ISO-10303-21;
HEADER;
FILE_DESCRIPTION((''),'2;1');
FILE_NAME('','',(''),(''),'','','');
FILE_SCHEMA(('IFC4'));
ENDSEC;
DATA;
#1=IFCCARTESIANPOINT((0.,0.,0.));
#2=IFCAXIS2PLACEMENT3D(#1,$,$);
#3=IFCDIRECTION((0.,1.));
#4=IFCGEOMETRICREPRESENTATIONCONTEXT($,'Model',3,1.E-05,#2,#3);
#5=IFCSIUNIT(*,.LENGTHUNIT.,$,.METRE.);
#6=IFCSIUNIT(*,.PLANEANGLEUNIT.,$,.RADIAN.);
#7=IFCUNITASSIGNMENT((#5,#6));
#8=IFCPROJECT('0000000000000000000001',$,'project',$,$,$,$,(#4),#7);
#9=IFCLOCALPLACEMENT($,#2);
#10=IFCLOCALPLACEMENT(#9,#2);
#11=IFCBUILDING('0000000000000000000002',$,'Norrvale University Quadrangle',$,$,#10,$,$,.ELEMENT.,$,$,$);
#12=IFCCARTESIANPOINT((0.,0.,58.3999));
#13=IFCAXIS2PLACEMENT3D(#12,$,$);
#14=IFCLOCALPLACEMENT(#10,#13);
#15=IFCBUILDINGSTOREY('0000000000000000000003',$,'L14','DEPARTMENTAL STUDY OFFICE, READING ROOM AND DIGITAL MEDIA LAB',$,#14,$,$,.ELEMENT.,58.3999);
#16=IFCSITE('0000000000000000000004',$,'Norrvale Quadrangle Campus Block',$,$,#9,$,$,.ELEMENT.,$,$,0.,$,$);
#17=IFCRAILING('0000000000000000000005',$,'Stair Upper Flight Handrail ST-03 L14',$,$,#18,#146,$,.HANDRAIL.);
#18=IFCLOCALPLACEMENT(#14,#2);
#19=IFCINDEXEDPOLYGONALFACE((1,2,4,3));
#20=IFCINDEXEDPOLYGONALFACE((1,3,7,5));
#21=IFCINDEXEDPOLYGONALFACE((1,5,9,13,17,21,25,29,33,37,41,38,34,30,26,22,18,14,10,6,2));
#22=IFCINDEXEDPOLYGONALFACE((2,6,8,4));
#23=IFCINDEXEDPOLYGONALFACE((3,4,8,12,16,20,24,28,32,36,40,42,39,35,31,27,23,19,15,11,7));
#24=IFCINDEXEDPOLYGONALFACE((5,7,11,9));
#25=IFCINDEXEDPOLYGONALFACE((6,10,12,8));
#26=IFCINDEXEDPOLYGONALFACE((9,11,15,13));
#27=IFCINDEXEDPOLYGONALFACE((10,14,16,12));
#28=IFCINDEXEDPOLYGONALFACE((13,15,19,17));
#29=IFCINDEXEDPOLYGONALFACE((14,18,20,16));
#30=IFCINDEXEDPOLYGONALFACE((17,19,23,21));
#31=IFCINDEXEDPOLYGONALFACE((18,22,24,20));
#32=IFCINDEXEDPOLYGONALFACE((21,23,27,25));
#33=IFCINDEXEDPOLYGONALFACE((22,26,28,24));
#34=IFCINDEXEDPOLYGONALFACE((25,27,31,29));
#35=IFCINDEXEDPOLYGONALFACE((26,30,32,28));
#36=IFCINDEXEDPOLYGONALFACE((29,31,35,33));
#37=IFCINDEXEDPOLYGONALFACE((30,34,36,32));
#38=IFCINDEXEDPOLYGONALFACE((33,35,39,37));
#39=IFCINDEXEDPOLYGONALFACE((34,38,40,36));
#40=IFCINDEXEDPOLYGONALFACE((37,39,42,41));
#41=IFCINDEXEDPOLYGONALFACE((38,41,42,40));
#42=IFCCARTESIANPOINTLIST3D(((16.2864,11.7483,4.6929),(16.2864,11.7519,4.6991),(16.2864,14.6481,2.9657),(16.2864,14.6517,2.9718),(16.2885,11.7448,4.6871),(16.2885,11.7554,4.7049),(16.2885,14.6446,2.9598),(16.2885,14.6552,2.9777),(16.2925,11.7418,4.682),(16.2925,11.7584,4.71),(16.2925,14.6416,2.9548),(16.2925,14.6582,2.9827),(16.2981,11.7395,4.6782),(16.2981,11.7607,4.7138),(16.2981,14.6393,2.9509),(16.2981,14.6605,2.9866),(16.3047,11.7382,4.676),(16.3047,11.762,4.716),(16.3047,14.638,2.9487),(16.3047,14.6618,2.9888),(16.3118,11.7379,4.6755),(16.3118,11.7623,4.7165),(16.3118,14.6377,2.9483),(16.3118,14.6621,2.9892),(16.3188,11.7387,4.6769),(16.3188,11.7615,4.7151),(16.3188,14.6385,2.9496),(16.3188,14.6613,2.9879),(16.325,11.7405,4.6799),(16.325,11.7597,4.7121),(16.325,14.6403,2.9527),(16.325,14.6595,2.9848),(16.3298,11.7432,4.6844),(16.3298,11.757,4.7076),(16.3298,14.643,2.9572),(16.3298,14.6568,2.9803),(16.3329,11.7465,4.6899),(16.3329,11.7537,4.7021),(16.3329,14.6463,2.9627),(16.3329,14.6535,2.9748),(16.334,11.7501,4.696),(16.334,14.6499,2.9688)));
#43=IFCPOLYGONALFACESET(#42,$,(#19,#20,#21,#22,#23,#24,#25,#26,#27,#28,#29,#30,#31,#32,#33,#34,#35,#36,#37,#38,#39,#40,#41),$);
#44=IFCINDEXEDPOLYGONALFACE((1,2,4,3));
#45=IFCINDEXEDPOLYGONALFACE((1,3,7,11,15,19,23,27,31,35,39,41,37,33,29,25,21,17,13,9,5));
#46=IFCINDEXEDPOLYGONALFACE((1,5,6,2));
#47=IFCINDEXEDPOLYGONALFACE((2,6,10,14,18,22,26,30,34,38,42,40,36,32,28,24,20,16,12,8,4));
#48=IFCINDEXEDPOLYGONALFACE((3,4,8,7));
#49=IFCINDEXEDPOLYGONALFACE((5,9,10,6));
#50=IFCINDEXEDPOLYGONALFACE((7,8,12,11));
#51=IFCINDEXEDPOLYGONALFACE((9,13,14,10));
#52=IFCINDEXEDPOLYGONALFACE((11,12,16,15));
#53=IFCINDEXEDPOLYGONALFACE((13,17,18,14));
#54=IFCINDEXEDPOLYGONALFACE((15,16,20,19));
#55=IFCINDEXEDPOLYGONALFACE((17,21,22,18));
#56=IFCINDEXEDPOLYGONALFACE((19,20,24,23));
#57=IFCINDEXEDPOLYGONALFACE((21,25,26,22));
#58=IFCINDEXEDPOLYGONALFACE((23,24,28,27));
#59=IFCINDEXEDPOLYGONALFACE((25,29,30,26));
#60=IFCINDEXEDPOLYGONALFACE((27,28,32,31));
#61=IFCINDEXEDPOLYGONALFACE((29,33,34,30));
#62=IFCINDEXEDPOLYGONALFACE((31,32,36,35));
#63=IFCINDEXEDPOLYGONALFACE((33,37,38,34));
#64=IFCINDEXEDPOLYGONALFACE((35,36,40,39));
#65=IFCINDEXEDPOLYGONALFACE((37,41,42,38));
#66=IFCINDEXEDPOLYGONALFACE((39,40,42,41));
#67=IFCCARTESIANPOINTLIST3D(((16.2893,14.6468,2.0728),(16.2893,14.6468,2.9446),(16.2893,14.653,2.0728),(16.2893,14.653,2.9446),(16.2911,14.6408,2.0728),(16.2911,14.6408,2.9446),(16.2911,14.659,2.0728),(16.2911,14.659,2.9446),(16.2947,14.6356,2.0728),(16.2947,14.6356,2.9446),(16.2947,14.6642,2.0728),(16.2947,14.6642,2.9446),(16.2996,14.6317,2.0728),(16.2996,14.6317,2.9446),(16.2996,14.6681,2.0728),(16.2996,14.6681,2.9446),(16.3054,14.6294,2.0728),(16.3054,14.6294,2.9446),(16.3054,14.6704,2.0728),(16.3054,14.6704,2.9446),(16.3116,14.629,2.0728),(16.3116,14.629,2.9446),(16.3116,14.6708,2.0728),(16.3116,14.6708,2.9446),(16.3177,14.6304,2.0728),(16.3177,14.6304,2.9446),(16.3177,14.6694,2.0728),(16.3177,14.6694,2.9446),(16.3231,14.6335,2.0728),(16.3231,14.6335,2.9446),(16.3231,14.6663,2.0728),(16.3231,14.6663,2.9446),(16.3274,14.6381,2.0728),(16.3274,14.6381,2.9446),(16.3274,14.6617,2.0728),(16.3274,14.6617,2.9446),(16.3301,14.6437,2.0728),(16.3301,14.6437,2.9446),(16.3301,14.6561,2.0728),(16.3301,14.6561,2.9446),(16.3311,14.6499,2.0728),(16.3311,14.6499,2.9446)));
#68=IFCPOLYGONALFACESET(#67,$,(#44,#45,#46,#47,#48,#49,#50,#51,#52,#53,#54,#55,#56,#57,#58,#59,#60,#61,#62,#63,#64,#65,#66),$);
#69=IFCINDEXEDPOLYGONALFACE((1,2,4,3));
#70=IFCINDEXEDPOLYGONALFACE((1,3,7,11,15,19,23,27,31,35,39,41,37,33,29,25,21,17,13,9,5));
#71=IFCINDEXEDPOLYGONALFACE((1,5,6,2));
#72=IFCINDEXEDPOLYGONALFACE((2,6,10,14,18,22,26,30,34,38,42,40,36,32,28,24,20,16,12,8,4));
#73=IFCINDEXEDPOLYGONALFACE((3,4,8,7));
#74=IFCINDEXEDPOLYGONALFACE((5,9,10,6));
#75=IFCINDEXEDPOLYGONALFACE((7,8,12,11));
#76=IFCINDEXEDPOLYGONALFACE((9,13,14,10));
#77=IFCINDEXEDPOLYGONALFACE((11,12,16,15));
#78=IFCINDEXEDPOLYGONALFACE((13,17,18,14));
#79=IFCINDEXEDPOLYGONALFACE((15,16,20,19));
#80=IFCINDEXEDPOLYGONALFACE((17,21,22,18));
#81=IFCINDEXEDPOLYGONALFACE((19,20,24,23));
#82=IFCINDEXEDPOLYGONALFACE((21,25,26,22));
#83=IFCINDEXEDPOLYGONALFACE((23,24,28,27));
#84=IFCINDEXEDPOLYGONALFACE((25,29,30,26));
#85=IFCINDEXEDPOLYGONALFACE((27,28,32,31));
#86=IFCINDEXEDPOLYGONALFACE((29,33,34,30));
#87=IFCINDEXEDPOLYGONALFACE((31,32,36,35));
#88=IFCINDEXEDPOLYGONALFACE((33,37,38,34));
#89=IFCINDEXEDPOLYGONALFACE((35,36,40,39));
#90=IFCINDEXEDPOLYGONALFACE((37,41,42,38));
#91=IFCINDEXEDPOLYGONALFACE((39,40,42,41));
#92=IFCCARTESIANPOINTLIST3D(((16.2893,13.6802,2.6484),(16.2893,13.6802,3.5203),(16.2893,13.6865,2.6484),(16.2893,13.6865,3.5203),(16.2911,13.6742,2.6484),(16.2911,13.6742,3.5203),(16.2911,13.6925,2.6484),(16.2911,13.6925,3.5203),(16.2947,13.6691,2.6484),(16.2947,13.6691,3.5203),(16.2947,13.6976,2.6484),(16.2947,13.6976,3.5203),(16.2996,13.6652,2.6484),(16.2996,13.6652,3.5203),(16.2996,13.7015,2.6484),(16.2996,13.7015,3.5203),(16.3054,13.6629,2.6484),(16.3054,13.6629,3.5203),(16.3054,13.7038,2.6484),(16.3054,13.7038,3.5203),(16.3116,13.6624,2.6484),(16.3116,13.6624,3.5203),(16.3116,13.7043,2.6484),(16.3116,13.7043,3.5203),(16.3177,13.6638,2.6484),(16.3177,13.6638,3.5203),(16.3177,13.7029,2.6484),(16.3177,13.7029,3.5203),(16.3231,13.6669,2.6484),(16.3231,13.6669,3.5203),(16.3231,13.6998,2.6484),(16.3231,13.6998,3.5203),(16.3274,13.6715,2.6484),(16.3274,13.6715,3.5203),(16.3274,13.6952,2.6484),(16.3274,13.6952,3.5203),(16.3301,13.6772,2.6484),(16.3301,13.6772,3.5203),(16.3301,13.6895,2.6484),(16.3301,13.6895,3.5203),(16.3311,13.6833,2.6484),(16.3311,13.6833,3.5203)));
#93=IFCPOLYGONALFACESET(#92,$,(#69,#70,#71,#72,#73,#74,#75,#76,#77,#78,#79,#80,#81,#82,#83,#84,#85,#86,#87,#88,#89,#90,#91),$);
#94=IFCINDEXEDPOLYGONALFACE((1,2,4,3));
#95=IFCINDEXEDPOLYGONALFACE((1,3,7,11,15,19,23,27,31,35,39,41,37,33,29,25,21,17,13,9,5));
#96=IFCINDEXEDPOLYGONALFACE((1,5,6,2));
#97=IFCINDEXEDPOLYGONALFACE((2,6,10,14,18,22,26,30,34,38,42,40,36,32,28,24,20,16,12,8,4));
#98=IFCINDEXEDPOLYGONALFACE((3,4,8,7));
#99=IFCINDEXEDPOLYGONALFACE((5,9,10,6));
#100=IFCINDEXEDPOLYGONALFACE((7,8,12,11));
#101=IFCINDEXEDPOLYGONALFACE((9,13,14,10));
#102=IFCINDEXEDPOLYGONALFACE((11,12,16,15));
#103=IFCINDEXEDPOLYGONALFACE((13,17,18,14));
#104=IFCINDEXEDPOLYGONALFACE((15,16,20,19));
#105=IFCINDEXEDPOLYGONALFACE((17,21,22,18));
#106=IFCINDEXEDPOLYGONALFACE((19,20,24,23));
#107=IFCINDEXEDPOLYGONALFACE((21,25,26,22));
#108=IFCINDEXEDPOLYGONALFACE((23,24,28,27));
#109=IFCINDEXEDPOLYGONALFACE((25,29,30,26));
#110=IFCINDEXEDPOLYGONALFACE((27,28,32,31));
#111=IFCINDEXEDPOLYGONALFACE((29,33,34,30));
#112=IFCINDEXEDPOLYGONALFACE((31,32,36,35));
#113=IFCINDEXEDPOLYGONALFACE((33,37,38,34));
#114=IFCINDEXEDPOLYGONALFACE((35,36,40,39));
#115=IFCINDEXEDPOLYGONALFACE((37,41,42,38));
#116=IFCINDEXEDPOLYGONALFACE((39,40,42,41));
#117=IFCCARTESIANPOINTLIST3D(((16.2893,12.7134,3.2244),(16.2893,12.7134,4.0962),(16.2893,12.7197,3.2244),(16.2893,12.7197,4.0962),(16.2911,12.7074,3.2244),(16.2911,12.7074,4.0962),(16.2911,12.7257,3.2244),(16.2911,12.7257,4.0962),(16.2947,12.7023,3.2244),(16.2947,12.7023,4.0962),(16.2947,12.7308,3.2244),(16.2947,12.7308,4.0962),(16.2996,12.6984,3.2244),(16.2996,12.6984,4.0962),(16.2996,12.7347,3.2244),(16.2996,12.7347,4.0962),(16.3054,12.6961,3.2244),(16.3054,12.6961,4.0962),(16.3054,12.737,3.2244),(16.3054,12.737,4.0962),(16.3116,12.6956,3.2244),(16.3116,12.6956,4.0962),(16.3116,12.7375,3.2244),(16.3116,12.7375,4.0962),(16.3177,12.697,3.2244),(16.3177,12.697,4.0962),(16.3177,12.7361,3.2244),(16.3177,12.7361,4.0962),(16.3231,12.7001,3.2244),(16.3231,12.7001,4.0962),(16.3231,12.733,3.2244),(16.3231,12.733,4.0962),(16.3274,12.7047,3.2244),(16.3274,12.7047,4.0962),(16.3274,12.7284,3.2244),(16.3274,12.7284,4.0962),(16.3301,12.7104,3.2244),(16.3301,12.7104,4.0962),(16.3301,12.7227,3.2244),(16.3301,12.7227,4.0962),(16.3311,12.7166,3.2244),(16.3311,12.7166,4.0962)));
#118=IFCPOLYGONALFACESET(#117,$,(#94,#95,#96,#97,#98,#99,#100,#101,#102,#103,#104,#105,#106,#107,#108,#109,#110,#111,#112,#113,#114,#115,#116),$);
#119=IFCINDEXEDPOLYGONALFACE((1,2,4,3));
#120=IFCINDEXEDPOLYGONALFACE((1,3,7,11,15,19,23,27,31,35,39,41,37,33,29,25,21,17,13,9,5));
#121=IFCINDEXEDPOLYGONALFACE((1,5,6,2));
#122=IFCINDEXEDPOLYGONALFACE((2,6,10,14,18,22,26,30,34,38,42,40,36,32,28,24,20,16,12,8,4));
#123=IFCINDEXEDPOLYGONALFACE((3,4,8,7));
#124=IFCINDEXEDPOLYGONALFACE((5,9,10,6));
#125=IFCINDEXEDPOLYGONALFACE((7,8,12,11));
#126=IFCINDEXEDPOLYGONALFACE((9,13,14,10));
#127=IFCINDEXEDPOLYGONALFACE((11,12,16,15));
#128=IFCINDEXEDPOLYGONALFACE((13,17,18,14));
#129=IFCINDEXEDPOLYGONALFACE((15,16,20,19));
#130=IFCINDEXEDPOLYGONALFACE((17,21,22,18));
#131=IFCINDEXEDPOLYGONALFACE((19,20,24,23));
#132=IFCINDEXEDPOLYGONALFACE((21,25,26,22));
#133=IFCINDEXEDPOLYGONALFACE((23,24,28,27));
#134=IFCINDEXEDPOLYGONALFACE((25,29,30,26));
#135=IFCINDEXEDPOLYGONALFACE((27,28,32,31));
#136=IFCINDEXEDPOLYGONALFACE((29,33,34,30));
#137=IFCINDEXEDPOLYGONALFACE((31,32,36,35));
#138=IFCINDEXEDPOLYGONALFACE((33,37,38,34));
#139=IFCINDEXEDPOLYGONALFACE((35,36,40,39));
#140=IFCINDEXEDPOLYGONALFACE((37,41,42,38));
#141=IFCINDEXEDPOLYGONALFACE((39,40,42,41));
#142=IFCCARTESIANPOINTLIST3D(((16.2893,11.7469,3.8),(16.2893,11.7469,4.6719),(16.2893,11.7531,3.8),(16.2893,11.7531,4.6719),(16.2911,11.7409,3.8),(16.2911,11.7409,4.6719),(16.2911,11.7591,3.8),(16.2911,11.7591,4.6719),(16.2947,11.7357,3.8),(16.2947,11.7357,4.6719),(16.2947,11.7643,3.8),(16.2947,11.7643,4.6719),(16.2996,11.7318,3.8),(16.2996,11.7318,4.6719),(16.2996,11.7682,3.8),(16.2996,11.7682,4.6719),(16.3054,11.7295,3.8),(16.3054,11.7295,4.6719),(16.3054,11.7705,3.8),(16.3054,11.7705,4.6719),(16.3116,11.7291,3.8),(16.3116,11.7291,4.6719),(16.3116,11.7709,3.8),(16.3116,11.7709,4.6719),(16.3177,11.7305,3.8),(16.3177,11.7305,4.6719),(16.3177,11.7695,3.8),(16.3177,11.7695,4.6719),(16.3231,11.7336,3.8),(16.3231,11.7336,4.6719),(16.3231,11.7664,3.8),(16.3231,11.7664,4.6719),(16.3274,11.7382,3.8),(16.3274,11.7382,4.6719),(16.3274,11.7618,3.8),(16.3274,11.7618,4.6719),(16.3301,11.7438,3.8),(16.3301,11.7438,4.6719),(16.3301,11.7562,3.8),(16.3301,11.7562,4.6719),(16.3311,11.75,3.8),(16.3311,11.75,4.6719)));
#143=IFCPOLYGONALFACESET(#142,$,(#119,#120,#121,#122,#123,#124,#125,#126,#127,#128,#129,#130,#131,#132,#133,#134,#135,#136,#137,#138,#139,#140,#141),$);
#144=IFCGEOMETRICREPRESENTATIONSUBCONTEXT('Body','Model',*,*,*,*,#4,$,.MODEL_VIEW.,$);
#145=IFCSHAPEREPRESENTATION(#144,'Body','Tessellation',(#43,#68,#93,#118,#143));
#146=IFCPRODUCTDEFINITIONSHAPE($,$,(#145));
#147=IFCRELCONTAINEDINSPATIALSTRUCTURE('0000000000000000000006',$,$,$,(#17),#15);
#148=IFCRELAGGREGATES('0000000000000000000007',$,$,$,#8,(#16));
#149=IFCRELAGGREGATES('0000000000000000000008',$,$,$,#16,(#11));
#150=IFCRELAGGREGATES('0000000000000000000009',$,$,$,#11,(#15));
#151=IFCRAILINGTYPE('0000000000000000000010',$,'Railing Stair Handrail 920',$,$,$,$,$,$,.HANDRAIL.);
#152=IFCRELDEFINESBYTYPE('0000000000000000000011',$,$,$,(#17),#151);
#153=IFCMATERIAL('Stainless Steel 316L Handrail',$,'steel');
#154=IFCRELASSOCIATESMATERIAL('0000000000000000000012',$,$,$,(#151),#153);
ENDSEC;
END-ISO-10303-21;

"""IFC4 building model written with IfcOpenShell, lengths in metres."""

from ifc_helpers import new_model, si_unit, direction, frame, origin, origin_2d, place, context, subcontext, project, spatial, circle, extrude, material, type_object, element, save


model = new_model("IFC4")

# Units and contexts
model_context = context("Model", 3, precision=1e-05, world=origin(), true_north=direction((0.0, 1.0)))
body_context = subcontext(model_context, "Body", "Model", "MODEL_VIEW")
ifc_project = project(units=[si_unit("LENGTHUNIT", "METRE"), si_unit("PLANEANGLEUNIT", "RADIAN")], contexts=[model_context])

# Site, building, storey
site_placement = place(None, origin())
site = spatial("IfcSite", under=ifc_project, at=site_placement, Name="Norrvale Quadrangle Campus Block", CompositionType="ELEMENT", RefElevation=0.0)
building_placement = place(site_placement, origin())
building = spatial("IfcBuilding", under=site, at=building_placement, Name="Norrvale University Quadrangle", CompositionType="ELEMENT")
storey_placement = place(building_placement, frame((0.0, 0.0, 58.3999)))
storey = spatial("IfcBuildingStorey", under=building, at=storey_placement, Name="L14", Description="DEPARTMENTAL STUDY OFFICE, READING ROOM AND DIGITAL MEDIA LAB", CompositionType="ELEMENT", Elevation=58.3999)

# Railing
ifc_material_1 = material(Name="Stainless Steel 316L Handrail", Category="steel")
railing_type_1 = type_object("IfcRailingType", Name="Railing Stair Handrail 920", PredefinedType="HANDRAIL", material=ifc_material_1)
railing_1_placement = place(storey_placement, frame((16.3101, 14.6499, 2.0728)))
element("IfcRailing", 1, at=railing_1_placement, inside=storey, type_object=railing_type_1, Name="Stair Upper Flight Handrail ST-03 L14", PredefinedType="HANDRAIL", context=body_context, shape_type="SweptSolid", body=[
    extrude(circle(Radius=0.0239, at=origin_2d()), frame((0.0, 0.0, 0.896), z_axis=(0.0, -0.859141, 0.511738), x_axis=(1.0, 0.0, 0.0)), (0.0, 0.0, 1.0), 3.3752),
    extrude(circle(Radius=0.021, at=origin_2d()), origin(), (0.0, 0.0, 1.0), 0.8718),
    extrude(circle(Radius=0.021, at=origin_2d()), frame((0.0, -0.9666, 0.5757)), (0.0, 0.0, 1.0), 0.8718),
    extrude(circle(Radius=0.021, at=origin_2d()), frame((0.0, -1.9333, 1.1516)), (0.0, 0.0, 1.0), 0.8718),
    extrude(circle(Radius=0.021, at=origin_2d()), frame((0.0, -2.8999, 1.7273)), (0.0, 0.0, 1.0), 0.8718),
])

save(model, "model.ifc")
